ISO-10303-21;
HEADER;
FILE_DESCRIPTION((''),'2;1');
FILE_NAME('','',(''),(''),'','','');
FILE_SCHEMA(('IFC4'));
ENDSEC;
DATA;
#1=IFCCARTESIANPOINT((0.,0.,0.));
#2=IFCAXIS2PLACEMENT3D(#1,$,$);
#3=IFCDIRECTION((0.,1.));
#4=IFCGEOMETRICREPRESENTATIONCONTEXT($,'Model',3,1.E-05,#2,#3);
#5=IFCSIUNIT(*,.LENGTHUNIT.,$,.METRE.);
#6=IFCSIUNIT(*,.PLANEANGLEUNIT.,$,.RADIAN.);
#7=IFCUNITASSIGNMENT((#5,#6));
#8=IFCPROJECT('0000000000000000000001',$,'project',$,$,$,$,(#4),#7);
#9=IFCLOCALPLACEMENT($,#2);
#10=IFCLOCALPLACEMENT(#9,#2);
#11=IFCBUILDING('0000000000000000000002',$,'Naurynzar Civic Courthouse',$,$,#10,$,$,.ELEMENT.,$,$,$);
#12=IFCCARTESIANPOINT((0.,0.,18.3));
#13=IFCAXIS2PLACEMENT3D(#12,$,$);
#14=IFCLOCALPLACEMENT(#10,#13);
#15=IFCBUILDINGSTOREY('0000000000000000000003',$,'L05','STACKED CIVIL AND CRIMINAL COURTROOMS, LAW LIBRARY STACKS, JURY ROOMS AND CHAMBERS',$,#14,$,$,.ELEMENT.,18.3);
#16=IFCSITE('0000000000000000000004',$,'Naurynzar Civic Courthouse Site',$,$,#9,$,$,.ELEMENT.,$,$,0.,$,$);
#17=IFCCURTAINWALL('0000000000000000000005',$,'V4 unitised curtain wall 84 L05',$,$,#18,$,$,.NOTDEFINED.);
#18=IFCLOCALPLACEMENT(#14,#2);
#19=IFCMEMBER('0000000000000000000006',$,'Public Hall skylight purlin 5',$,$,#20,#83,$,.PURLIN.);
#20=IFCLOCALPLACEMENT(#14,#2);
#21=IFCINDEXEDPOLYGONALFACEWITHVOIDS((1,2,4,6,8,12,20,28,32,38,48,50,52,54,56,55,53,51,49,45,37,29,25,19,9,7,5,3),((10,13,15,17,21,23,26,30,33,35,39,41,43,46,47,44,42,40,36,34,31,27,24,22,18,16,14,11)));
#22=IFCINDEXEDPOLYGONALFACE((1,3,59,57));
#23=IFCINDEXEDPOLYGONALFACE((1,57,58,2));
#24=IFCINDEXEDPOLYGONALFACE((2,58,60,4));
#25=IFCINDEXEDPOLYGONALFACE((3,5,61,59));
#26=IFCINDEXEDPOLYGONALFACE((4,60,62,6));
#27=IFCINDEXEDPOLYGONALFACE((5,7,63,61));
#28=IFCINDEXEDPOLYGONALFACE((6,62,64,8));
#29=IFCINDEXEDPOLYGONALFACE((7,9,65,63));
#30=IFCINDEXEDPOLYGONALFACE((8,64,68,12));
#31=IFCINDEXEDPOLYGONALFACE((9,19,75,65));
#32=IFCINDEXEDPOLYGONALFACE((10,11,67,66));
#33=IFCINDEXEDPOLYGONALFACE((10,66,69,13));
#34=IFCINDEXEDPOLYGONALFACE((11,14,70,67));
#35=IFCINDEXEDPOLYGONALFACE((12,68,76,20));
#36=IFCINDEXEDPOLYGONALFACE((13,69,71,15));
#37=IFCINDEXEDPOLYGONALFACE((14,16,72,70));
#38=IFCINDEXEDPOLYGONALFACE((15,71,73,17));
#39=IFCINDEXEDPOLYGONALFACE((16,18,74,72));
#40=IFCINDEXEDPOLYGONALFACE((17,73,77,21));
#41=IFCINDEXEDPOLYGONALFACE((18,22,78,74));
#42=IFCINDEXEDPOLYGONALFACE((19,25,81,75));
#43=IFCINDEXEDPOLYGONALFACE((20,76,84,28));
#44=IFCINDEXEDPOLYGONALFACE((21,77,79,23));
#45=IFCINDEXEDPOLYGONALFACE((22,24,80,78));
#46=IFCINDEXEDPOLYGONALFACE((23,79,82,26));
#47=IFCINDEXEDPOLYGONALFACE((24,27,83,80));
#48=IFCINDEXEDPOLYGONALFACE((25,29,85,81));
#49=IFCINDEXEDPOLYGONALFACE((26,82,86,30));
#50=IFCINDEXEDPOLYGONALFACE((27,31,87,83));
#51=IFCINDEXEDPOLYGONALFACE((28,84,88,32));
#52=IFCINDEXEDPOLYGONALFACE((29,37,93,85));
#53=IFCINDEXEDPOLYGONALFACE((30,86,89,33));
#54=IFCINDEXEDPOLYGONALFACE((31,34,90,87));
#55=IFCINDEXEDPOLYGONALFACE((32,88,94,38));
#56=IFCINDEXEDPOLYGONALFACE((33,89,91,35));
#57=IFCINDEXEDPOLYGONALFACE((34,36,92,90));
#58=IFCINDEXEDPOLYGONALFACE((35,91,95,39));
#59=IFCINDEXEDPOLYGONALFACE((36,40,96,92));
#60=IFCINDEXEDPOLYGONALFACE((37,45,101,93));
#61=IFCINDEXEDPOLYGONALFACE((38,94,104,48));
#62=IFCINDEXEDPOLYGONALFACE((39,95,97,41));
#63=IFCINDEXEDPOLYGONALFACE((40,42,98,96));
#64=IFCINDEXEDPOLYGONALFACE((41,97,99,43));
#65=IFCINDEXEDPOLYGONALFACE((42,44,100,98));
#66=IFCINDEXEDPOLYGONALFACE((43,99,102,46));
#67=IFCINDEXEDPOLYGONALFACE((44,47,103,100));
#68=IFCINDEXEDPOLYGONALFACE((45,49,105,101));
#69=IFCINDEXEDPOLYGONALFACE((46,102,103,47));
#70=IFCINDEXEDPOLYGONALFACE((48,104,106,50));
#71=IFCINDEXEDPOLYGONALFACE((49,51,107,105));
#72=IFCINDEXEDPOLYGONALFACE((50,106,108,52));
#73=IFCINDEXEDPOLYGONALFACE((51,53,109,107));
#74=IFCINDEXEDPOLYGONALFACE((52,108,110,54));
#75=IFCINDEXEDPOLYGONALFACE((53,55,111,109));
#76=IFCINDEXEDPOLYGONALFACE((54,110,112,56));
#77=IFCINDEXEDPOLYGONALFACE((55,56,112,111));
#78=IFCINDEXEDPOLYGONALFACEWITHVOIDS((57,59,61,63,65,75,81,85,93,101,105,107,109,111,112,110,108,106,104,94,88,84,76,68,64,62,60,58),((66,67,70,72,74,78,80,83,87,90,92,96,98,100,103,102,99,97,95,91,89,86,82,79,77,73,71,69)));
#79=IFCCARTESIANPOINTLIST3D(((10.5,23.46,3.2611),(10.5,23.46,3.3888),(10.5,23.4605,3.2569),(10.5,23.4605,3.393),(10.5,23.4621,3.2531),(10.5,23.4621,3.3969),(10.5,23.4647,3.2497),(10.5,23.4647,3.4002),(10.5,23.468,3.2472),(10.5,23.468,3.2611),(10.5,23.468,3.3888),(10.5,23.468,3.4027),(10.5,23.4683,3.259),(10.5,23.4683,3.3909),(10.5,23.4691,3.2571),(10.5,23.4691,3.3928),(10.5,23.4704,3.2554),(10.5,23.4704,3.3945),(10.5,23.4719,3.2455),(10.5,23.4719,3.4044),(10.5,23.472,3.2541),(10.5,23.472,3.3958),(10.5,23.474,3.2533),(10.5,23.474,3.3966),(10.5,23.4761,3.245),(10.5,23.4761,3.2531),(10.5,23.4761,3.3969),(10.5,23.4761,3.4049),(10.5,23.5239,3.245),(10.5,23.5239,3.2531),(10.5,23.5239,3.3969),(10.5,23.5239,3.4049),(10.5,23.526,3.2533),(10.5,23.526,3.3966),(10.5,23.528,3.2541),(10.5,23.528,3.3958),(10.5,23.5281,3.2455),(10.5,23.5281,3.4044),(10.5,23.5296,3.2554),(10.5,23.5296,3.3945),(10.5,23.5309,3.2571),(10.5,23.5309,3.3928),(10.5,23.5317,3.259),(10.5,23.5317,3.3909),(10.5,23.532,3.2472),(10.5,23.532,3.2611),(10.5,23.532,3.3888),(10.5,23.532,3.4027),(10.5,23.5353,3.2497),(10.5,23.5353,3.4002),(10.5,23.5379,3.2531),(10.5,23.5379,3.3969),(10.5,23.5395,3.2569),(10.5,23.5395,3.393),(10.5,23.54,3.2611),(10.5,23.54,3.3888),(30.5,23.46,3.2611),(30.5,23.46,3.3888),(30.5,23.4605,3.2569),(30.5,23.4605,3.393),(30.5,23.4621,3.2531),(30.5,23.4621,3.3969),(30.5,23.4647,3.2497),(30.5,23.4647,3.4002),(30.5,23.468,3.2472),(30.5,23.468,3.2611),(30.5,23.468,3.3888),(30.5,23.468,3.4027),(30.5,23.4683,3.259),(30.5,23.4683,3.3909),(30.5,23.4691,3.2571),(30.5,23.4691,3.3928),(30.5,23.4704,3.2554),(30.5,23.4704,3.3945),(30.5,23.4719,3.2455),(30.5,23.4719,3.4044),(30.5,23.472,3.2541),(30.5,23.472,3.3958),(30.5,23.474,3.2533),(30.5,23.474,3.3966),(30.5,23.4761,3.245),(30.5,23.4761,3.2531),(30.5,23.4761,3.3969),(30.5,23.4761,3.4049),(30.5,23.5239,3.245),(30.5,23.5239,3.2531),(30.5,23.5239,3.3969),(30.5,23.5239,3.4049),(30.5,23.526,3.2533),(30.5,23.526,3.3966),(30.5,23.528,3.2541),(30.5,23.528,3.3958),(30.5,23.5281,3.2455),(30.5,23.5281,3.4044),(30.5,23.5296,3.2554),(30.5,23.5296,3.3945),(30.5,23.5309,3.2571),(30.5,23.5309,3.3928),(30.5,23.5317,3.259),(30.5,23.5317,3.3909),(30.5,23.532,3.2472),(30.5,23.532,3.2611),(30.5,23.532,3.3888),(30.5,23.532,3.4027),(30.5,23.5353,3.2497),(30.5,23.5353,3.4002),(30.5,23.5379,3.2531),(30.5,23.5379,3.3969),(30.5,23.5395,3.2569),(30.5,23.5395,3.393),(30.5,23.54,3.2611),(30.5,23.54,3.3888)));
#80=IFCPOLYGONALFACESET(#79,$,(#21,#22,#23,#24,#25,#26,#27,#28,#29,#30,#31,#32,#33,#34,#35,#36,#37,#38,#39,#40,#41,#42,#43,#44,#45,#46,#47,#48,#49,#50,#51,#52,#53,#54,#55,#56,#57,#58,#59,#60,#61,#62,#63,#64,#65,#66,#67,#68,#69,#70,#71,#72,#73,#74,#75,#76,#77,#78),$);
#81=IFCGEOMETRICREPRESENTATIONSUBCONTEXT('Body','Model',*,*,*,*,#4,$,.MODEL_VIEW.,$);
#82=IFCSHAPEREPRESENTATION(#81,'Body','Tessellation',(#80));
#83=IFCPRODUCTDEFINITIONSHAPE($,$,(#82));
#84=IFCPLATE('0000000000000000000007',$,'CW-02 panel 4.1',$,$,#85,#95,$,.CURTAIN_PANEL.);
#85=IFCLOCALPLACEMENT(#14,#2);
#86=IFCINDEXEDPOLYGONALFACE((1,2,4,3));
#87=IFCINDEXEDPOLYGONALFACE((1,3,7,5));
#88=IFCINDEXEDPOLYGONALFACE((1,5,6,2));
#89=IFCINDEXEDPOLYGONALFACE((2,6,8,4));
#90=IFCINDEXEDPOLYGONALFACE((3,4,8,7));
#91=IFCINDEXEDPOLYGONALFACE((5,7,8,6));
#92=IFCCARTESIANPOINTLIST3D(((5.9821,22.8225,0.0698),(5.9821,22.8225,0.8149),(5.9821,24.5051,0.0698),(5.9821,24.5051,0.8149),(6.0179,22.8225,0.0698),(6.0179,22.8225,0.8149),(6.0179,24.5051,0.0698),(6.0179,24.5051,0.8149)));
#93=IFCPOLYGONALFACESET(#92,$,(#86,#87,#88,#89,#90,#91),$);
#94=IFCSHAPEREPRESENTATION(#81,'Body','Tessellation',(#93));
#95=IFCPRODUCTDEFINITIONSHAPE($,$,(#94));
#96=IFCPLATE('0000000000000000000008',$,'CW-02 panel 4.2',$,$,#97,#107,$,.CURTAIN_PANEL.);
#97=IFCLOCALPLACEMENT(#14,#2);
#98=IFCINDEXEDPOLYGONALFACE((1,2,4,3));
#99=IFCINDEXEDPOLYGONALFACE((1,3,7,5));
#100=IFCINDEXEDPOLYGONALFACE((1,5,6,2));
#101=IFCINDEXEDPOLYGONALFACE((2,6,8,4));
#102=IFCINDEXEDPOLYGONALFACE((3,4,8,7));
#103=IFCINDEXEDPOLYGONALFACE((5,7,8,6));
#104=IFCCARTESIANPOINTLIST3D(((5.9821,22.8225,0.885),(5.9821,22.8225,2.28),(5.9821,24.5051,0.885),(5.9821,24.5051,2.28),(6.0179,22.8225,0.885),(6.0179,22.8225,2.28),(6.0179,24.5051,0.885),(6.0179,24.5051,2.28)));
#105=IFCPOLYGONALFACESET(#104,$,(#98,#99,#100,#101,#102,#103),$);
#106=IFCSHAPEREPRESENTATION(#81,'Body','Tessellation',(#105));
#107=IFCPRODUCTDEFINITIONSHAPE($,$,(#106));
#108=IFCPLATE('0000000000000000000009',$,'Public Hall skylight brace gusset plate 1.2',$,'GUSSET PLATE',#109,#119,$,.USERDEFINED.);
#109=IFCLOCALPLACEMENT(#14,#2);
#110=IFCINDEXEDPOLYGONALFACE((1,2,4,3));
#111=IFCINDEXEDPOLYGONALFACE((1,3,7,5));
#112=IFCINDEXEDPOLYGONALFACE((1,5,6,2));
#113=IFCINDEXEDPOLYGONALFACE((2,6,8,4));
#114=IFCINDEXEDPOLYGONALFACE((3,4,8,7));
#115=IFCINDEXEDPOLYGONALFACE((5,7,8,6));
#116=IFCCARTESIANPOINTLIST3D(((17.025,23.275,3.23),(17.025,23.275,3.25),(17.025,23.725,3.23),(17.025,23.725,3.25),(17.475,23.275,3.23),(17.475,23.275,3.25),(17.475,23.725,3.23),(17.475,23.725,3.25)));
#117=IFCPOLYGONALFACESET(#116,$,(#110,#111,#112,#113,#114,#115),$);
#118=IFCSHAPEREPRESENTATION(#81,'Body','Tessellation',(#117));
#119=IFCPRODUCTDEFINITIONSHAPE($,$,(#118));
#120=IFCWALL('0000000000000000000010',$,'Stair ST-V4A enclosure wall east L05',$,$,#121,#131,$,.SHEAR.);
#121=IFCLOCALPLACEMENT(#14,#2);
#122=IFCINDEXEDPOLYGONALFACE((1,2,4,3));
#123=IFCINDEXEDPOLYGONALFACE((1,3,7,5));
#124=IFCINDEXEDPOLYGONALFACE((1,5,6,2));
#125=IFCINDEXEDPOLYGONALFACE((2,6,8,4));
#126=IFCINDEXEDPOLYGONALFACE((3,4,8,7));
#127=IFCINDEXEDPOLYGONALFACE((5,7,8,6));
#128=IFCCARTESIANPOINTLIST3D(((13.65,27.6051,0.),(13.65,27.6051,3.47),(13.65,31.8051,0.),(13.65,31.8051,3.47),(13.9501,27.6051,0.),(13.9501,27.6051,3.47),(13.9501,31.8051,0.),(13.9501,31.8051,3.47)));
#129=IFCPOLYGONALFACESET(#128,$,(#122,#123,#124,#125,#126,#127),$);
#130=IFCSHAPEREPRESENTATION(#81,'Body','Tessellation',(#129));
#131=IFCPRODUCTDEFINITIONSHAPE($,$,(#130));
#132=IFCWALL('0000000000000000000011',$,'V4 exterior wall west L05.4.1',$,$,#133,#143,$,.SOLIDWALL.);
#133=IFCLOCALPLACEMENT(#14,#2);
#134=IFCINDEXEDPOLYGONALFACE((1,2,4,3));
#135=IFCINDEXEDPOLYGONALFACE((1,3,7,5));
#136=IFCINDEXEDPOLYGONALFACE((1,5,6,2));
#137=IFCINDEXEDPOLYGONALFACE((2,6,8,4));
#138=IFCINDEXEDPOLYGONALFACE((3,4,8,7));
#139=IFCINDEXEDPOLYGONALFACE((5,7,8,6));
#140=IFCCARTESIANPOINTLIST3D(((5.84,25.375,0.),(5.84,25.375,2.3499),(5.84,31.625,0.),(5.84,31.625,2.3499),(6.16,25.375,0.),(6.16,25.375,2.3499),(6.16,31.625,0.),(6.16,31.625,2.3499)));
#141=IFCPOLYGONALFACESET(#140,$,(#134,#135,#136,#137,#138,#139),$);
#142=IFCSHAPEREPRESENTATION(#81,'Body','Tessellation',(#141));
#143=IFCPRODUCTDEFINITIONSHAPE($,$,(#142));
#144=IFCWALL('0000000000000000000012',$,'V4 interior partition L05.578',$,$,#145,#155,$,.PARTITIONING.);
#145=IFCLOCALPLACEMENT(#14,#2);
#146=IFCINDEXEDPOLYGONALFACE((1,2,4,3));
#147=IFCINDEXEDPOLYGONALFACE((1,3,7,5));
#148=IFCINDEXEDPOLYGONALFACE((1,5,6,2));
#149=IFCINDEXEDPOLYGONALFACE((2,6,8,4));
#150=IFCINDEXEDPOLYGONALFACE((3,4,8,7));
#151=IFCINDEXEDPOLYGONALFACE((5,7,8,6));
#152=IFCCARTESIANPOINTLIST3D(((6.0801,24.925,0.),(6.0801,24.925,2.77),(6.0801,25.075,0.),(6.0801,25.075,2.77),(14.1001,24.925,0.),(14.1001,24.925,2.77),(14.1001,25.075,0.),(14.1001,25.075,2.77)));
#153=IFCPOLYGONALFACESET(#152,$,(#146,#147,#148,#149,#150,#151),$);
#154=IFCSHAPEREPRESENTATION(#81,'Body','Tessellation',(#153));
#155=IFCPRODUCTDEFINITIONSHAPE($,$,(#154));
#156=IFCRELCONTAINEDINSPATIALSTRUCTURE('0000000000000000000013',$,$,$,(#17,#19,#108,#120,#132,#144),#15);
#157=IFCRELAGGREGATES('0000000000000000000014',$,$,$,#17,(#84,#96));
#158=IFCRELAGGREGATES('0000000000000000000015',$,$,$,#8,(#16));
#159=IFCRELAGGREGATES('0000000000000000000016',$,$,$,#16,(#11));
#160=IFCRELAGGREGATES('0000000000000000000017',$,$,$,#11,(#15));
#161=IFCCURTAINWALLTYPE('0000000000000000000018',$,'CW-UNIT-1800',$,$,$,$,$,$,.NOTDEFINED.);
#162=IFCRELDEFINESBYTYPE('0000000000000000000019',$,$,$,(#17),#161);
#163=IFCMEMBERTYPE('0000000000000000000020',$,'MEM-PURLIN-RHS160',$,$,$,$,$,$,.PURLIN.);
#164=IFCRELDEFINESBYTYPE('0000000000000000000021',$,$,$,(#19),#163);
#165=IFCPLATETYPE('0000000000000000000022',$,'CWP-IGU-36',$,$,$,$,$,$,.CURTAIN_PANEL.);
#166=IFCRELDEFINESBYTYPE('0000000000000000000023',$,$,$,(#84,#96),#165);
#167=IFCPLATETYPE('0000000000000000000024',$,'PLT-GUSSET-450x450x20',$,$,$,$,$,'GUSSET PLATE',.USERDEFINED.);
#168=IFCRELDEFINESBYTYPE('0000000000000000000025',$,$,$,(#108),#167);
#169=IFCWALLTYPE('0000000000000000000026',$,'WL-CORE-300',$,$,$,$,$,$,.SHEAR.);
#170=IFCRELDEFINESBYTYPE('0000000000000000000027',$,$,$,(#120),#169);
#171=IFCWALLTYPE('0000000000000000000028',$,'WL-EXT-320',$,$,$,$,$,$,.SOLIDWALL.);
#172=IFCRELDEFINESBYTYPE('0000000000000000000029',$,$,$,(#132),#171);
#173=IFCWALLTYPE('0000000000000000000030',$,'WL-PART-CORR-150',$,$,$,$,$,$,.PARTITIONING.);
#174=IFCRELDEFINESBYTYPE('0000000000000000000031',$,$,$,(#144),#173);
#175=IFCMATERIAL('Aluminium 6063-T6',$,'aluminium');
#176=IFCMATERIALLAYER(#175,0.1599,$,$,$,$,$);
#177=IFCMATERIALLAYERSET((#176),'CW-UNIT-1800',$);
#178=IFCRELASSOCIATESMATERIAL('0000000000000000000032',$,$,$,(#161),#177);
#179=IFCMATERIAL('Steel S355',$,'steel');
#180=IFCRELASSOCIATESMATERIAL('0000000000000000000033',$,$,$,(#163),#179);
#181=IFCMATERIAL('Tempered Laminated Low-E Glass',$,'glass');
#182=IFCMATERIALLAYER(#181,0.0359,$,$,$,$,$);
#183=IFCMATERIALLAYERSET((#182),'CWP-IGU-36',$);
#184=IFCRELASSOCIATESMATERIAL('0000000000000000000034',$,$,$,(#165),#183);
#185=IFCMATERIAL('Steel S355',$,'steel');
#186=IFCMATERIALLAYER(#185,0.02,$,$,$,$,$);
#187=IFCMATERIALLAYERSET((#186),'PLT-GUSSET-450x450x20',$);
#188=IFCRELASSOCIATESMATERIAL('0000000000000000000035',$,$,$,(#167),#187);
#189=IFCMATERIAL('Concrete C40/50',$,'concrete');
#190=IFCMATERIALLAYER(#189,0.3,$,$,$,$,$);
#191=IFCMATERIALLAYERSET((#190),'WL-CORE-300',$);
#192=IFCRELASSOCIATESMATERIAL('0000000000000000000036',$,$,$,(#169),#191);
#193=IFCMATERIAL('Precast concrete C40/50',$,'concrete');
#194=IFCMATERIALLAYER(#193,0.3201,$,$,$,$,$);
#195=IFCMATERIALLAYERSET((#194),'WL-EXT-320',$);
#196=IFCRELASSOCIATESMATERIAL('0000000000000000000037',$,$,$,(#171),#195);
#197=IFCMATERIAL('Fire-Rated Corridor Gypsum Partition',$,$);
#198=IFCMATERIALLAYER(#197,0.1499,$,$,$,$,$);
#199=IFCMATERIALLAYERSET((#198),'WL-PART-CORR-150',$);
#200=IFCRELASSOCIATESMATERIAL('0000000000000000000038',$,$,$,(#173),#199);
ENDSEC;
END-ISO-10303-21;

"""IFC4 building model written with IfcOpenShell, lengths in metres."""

from ifc_helpers import new_model, si_unit, direction, frame, frame_2d, origin, origin_2d, place, context, subcontext, project, spatial, rectangle, hollow_rectangle, extrude, material, layer, layer_set, material_profile, profile_set, type_object, element, aggregate, save


model = new_model("IFC4")

# Units and contexts
model_context = context("Model", 3, precision=1e-05, world=origin(), true_north=direction((0.0, 1.0)))
body_context = subcontext(model_context, "Body", "Model", "MODEL_VIEW")
ifc_project = project(units=[si_unit("LENGTHUNIT", "METRE"), si_unit("PLANEANGLEUNIT", "RADIAN")], contexts=[model_context])

# Site, building, storey
site_placement = place(None, origin())
site = spatial("IfcSite", under=ifc_project, at=site_placement, Name="Naurynzar Civic Courthouse Site", CompositionType="ELEMENT", RefElevation=0.0)
building_placement = place(site_placement, origin())
building = spatial("IfcBuilding", under=site, at=building_placement, Name="Naurynzar Civic Courthouse", CompositionType="ELEMENT")
storey_placement = place(building_placement, frame((0.0, 0.0, 18.3)))
storey = spatial("IfcBuildingStorey", under=building, at=storey_placement, Name="L05", Description="STACKED CIVIL AND CRIMINAL COURTROOMS, LAW LIBRARY STACKS, JURY ROOMS AND CHAMBERS", CompositionType="ELEMENT", Elevation=18.3)

# Curtain wall
ifc_material_1 = material(Name="Aluminium 6063-T6", Category="aluminium")
ifc_layer_1 = layer(ifc_material_1, 0.1599)
ifc_layer_set_1 = layer_set([ifc_layer_1], Name="CW-UNIT-1800")
curtain_wall_type = type_object("IfcCurtainWallType", Name="CW-UNIT-1800", PredefinedType="NOTDEFINED", material=ifc_layer_set_1)
curtain_wall_placement = place(storey_placement, origin())
curtain_wall = element("IfcCurtainWall", 1, at=curtain_wall_placement, inside=storey, type_object=curtain_wall_type, Name="V4 unitised curtain wall 84 L05", PredefinedType="NOTDEFINED")

# Member
ifc_material_2 = material(Name="Steel S355", Category="steel")
ifc_material_profile_1 = material_profile(ifc_material_2, hollow_rectangle(XDim=0.0801, YDim=0.1599, WallThickness=0.0081, InnerFilletRadius=0.0081, OuterFilletRadius=0.0161, at=origin_2d()), Name="RHS 160x80x8")
ifc_profile_set_1 = profile_set([ifc_material_profile_1], Name="Steel S355")
member_type_1 = type_object("IfcMemberType", Name="MEM-PURLIN-RHS160", PredefinedType="PURLIN", material=ifc_profile_set_1)
member_1_placement = place(storey_placement, frame((10.5, 23.5, 3.325), z_axis=(1.0, 0.0, 0.0), x_axis=(0.0, 1.0, 0.0)))
element("IfcMember", 2, at=member_1_placement, inside=storey, type_object=member_type_1, Name="Public Hall skylight purlin 5", PredefinedType="PURLIN", context=body_context, shape_type="SweptSolid", body=[
    extrude(hollow_rectangle(XDim=0.0801, YDim=0.1599, WallThickness=0.0081, InnerFilletRadius=0.0081, OuterFilletRadius=0.0161, at=origin_2d()), origin(), (0.0, 0.0, 1.0), 20.0),
])

# Plates
ifc_material_3 = material(Name="Tempered Laminated Low-E Glass", Category="glass")
ifc_layer_2 = layer(ifc_material_3, 0.0359)
ifc_layer_set_2 = layer_set([ifc_layer_2], Name="CWP-IGU-36")
plate_type_1 = type_object("IfcPlateType", Name="CWP-IGU-36", PredefinedType="CURTAIN_PANEL", material=ifc_layer_set_2)
plate_1_placement = place(storey_placement, frame((6.0, 23.6638, 0.0698), z_axis=(0.0, 0.0, 1.0), x_axis=(0.0, 1.0, 0.0)))
plate_1 = element("IfcPlate", 3, at=plate_1_placement, type_object=plate_type_1, Name="CW-02 panel 4.1", PredefinedType="CURTAIN_PANEL", context=body_context, shape_type="SweptSolid", body=[
    extrude(rectangle(XDim=1.6826, YDim=0.0359, at=origin_2d()), origin(), (0.0, 0.0, 1.0), 0.7451),
])
plate_2_placement = place(storey_placement, frame((6.0, 23.6638, 0.885), z_axis=(0.0, 0.0, 1.0), x_axis=(0.0, 1.0, 0.0)))
plate_2 = element("IfcPlate", 4, at=plate_2_placement, type_object=plate_type_1, Name="CW-02 panel 4.2", PredefinedType="CURTAIN_PANEL", context=body_context, shape_type="SweptSolid", body=[
    extrude(rectangle(XDim=1.6826, YDim=0.0359, at=origin_2d()), origin(), (0.0, 0.0, 1.0), 1.395),
])
aggregate(curtain_wall, [plate_1, plate_2])
ifc_material_4 = material(Name="Steel S355", Category="steel")
ifc_layer_3 = layer(ifc_material_4, 0.02)
ifc_layer_set_3 = layer_set([ifc_layer_3], Name="PLT-GUSSET-450x450x20")
plate_type_2 = type_object("IfcPlateType", Name="PLT-GUSSET-450x450x20", ElementType="GUSSET PLATE", PredefinedType="USERDEFINED", material=ifc_layer_set_3)
plate_3_placement = place(storey_placement, frame((17.25, 23.5, 3.23), z_axis=(0.0, 0.0, 1.0), x_axis=(1.0, 0.0, 0.0)))
element("IfcPlate", 5, at=plate_3_placement, inside=storey, type_object=plate_type_2, Name="Public Hall skylight brace gusset plate 1.2", ObjectType="GUSSET PLATE", PredefinedType="USERDEFINED", context=body_context, shape_type="SweptSolid", body=[
    extrude(rectangle(XDim=0.45, YDim=0.45, at=origin_2d()), origin(), (0.0, 0.0, 1.0), 0.02),
])

# Shared definitions
ifc_material_5 = material(Name="Concrete C40/50", Category="concrete")
ifc_layer_4 = layer(ifc_material_5, 0.3)
ifc_layer_set_4 = layer_set([ifc_layer_4], Name="WL-CORE-300")
wall_type_1 = type_object("IfcWallType", Name="WL-CORE-300", PredefinedType="SHEAR", material=ifc_layer_set_4)

# Walls
wall_1_placement = place(storey_placement, frame((13.8, 27.605, 0.0), z_axis=(0.0, 0.0, 1.0), x_axis=(0.0, 1.0, 0.0)))
element("IfcWall", 6, at=wall_1_placement, inside=storey, type_object=wall_type_1, Name="Stair ST-V4A enclosure wall east L05", PredefinedType="SHEAR", context=body_context, shape_type="SweptSolid", body=[
    extrude(rectangle(XDim=4.2, YDim=0.3, at=frame_2d((2.1001, 0.0))), origin(), (0.0, 0.0, 1.0), 3.47),
])
ifc_material_6 = material(Name="Precast concrete C40/50", Category="concrete")
ifc_layer_5 = layer(ifc_material_6, 0.3201)
ifc_layer_set_5 = layer_set([ifc_layer_5], Name="WL-EXT-320")
wall_type_2 = type_object("IfcWallType", Name="WL-EXT-320", PredefinedType="SOLIDWALL", material=ifc_layer_set_5)
wall_2_placement = place(storey_placement, frame((6.0, 25.375, 0.0), z_axis=(0.0, 0.0, 1.0), x_axis=(0.0, 1.0, 0.0)))
element("IfcWall", 7, at=wall_2_placement, inside=storey, type_object=wall_type_2, Name="V4 exterior wall west L05.4.1", PredefinedType="SOLIDWALL", context=body_context, shape_type="SweptSolid", body=[
    extrude(rectangle(XDim=6.25, YDim=0.3201, at=frame_2d((3.125, 0.0))), origin(), (0.0, 0.0, 1.0), 2.3499),
])
ifc_material_7 = material(Name="Fire-Rated Corridor Gypsum Partition")
ifc_layer_6 = layer(ifc_material_7, 0.1499)
ifc_layer_set_6 = layer_set([ifc_layer_6], Name="WL-PART-CORR-150")
wall_type_3 = type_object("IfcWallType", Name="WL-PART-CORR-150", PredefinedType="PARTITIONING", material=ifc_layer_set_6)
wall_3_placement = place(storey_placement, frame((6.0801, 25.0, 0.0), z_axis=(0.0, 0.0, 1.0), x_axis=(1.0, 0.0, 0.0)))
element("IfcWall", 8, at=wall_3_placement, inside=storey, type_object=wall_type_3, Name="V4 interior partition L05.578", PredefinedType="PARTITIONING", context=body_context, shape_type="SweptSolid", body=[
    extrude(rectangle(XDim=8.02, YDim=0.1499, at=frame_2d((4.01, 0.0))), origin(), (0.0, 0.0, 1.0), 2.77),
])

save(model, "model.ifc")
